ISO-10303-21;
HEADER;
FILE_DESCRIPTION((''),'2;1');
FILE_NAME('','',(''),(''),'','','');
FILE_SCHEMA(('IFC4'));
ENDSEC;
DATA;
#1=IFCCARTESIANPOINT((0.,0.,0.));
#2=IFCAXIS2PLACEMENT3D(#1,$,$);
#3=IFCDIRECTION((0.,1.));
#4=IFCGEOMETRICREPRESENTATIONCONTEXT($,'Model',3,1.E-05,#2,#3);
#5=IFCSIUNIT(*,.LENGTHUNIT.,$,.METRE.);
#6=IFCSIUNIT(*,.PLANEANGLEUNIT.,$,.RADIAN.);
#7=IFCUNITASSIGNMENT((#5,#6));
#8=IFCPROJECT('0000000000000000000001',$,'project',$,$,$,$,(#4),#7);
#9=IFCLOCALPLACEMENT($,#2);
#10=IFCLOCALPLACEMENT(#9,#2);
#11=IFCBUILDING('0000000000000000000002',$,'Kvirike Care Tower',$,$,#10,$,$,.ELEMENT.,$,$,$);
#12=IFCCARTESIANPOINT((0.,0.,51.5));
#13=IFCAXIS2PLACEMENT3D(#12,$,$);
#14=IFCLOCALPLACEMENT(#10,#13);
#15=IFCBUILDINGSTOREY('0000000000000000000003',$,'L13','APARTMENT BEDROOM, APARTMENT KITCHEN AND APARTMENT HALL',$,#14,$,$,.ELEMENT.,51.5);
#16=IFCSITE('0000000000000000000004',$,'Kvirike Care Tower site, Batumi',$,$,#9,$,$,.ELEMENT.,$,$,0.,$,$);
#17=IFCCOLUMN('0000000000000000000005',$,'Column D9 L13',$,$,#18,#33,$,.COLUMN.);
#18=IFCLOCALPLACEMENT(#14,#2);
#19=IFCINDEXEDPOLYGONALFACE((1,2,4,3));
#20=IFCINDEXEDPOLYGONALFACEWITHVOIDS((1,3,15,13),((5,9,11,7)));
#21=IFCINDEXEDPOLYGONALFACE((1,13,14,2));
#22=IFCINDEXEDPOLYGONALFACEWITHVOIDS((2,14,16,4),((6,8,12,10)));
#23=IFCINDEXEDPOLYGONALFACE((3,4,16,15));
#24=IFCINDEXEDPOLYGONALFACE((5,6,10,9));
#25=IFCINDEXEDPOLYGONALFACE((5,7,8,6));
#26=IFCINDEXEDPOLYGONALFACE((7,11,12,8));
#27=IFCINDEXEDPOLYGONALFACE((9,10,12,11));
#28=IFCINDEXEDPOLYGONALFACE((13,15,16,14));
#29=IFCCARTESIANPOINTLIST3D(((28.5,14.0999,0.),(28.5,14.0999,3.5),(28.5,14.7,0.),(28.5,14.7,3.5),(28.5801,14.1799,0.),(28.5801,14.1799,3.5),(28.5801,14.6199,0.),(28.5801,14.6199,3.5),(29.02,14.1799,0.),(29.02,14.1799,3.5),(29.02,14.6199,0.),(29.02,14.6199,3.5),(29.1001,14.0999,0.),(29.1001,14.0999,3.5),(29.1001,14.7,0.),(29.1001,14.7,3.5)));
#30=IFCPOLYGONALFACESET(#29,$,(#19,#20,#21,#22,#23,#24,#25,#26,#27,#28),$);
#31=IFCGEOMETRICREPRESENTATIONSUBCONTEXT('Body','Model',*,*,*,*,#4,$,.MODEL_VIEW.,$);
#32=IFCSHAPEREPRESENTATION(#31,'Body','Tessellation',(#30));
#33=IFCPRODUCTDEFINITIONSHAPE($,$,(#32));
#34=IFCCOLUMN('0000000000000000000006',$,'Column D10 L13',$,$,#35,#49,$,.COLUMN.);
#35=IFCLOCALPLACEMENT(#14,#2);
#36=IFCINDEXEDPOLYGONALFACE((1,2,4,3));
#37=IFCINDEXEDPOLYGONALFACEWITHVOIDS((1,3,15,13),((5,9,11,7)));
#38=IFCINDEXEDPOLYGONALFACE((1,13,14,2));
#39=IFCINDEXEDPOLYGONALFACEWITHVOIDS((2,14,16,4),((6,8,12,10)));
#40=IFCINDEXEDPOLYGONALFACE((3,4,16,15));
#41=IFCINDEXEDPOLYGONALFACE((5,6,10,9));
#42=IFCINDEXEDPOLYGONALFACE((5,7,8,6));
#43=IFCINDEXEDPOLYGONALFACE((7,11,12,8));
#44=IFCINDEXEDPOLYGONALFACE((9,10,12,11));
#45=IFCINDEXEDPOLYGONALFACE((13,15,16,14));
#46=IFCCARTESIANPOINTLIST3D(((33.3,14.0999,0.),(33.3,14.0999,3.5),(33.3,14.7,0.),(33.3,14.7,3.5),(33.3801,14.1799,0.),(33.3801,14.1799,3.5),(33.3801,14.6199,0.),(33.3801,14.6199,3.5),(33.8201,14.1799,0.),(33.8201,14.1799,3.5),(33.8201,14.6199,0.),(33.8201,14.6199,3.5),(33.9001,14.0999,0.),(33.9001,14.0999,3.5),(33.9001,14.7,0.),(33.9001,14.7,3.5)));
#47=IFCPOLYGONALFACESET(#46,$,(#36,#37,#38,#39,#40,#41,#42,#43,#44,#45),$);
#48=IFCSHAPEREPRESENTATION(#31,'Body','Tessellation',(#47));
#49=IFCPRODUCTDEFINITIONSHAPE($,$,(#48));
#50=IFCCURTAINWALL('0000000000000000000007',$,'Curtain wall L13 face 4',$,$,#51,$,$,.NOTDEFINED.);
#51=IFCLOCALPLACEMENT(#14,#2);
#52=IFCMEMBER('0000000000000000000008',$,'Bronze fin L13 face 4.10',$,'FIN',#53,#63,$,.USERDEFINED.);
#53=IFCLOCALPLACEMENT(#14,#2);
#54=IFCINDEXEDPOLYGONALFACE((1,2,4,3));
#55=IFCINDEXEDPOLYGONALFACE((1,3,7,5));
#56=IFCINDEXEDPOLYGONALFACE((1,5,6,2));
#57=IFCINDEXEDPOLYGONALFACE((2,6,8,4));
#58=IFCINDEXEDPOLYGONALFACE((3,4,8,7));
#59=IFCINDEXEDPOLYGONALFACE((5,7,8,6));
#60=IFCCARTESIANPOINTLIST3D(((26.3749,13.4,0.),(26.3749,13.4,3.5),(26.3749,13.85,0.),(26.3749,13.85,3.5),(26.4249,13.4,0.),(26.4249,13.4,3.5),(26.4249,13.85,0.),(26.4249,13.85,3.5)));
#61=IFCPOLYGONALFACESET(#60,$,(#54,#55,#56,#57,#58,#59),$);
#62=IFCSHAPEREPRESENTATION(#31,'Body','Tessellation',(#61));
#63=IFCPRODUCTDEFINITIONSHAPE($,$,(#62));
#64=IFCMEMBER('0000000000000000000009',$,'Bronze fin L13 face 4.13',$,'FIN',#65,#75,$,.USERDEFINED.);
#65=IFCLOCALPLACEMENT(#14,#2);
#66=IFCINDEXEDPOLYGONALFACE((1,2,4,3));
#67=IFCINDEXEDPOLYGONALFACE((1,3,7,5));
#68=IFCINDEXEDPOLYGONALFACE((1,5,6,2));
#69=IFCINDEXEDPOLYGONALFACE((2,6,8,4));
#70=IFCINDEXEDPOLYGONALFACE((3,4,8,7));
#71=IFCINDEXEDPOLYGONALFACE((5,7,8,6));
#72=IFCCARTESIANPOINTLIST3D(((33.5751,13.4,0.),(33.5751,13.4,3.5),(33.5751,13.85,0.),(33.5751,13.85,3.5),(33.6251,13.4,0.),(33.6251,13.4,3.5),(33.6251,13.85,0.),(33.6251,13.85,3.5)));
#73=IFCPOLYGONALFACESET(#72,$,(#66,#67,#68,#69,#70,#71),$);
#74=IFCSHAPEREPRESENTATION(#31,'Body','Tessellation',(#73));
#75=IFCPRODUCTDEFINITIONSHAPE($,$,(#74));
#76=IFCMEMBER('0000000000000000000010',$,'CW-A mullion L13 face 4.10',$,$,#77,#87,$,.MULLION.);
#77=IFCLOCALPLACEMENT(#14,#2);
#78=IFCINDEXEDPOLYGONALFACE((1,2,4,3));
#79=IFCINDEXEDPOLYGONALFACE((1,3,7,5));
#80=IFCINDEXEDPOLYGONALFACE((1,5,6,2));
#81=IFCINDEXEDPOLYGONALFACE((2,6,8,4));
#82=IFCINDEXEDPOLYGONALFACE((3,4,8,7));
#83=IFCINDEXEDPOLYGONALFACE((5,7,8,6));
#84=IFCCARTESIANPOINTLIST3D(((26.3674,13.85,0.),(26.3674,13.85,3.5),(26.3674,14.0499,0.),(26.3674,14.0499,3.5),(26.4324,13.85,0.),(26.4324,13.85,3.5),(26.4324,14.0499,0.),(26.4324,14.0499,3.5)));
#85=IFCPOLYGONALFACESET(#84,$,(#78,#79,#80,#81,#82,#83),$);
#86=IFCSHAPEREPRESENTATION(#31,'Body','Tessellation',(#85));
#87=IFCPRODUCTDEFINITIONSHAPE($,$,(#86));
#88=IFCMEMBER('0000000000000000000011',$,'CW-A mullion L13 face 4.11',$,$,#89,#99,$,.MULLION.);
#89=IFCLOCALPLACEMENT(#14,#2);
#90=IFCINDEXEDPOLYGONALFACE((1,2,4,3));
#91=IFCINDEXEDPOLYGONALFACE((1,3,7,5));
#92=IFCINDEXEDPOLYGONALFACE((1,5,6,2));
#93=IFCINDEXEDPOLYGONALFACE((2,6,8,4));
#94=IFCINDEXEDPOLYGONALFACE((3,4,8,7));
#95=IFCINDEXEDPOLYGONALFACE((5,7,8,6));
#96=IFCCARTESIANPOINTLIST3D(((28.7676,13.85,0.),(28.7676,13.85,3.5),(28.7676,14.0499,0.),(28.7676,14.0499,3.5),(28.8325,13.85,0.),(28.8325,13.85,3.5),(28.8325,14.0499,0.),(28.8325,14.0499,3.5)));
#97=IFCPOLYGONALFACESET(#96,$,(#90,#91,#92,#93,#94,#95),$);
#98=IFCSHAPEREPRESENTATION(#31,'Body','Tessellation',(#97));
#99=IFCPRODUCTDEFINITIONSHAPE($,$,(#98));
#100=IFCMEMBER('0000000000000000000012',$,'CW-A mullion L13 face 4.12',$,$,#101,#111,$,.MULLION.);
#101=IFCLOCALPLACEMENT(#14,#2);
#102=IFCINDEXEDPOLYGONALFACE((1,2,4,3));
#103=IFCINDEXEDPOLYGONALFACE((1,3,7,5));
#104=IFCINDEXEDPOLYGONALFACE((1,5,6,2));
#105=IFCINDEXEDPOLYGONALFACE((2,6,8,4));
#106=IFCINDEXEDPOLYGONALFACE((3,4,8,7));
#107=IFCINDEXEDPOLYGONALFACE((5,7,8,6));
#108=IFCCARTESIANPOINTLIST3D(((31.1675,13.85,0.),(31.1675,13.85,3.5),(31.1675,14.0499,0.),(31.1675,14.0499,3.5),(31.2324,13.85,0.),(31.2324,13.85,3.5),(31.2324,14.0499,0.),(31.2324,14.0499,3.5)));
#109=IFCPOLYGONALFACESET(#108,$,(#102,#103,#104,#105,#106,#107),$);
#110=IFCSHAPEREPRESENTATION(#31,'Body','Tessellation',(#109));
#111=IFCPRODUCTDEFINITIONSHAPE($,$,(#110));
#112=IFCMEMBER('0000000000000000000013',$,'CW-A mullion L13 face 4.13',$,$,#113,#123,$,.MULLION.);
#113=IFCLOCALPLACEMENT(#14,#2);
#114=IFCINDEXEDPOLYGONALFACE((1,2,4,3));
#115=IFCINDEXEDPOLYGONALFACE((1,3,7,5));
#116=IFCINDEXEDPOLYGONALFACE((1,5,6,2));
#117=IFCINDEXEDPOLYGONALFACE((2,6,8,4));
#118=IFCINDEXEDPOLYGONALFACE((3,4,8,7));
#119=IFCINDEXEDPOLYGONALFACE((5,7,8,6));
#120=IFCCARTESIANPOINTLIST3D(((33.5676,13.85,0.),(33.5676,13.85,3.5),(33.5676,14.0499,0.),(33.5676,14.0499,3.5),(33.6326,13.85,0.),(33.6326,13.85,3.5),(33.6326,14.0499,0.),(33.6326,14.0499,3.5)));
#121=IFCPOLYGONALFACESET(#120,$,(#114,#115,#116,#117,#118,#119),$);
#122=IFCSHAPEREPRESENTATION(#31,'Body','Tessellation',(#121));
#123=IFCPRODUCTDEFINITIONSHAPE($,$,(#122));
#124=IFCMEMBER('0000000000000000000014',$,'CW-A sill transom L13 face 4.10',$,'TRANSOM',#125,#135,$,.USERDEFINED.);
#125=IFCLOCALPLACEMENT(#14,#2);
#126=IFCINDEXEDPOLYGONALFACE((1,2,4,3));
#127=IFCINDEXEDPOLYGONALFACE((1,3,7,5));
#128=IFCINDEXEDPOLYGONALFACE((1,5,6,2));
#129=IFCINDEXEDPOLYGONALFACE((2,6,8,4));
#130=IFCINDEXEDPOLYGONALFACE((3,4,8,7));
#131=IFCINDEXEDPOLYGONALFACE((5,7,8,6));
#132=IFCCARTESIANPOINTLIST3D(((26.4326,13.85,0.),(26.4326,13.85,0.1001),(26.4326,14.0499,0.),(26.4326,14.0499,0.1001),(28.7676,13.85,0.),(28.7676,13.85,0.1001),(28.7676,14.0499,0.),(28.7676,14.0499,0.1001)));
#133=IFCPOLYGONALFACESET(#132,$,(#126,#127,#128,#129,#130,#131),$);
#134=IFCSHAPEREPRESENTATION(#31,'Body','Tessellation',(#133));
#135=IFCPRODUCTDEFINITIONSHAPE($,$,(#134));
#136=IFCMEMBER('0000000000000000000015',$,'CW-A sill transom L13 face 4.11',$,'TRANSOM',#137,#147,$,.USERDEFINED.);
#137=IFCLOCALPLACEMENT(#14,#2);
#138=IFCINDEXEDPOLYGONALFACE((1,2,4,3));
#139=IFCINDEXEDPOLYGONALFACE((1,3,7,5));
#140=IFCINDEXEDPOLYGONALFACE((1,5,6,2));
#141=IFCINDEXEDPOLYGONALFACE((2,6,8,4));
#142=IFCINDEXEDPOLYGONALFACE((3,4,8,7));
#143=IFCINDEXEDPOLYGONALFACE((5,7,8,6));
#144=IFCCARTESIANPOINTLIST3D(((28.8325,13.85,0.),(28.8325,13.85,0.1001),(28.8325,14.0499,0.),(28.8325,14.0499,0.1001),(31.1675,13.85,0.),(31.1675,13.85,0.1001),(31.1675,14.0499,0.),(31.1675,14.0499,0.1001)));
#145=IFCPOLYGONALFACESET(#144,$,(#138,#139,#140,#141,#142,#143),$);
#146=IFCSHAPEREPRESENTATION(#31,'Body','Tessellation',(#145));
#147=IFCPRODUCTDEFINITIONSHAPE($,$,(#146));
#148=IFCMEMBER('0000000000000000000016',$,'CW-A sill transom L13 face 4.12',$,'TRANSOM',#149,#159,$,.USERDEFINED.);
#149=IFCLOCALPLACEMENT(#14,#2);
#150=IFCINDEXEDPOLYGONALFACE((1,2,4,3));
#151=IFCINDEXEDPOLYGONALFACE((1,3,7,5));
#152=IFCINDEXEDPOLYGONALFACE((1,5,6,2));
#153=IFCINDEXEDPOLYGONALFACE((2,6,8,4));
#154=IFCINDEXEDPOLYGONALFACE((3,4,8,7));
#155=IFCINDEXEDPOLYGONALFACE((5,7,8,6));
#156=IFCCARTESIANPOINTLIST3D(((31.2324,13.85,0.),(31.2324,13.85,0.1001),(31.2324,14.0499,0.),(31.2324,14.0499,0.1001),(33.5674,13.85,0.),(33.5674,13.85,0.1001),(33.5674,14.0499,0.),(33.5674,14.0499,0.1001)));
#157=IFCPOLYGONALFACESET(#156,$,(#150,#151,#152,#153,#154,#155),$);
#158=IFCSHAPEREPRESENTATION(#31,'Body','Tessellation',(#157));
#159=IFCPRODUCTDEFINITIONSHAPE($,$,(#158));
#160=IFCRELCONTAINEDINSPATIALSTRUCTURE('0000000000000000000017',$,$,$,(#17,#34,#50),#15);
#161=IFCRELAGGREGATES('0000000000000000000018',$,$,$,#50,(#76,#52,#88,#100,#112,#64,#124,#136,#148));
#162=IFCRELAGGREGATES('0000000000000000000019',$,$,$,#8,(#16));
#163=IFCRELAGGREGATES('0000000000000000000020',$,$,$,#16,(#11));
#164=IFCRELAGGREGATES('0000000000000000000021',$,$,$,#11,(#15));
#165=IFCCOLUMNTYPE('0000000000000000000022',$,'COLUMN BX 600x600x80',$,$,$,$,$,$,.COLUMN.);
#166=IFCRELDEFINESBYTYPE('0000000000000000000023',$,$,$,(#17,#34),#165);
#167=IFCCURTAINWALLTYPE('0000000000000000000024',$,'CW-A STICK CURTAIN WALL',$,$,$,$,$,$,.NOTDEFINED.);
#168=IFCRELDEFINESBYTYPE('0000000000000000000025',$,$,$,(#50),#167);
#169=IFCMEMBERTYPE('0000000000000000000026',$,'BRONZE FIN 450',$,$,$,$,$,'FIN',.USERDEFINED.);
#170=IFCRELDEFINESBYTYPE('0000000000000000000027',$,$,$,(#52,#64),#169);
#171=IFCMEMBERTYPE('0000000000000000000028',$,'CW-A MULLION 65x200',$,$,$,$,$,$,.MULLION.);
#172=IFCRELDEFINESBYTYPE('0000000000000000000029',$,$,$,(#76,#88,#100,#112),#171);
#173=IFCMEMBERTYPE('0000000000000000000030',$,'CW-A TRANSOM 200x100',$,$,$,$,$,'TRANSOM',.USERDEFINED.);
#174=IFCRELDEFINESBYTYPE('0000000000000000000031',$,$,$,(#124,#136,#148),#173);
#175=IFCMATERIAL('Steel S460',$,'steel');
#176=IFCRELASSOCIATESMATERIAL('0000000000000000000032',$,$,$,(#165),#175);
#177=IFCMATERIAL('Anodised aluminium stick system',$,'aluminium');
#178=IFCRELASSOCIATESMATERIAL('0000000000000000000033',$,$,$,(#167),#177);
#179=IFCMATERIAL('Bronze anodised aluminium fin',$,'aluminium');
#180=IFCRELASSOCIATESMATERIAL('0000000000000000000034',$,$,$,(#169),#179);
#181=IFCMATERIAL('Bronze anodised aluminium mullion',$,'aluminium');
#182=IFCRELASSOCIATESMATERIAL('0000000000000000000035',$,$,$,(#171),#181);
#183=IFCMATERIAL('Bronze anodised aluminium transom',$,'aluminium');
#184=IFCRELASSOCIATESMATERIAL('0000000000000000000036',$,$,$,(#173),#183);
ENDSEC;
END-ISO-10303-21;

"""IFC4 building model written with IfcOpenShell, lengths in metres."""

from ifc_helpers import new_model, si_unit, direction, frame, origin, origin_2d, place, context, subcontext, project, spatial, rectangle, hollow_rectangle, extrude, material, material_profile, profile_set, type_object, element, aggregate, save


model = new_model("IFC4")

# Units and contexts
model_context = context("Model", 3, precision=1e-05, world=origin(), true_north=direction((0.0, 1.0)))
body_context = subcontext(model_context, "Body", "Model", "MODEL_VIEW")
ifc_project = project(units=[si_unit("LENGTHUNIT", "METRE"), si_unit("PLANEANGLEUNIT", "RADIAN")], contexts=[model_context])

# Site, building, storey
site_placement = place(None, origin())
site = spatial("IfcSite", under=ifc_project, at=site_placement, Name="Kvirike Care Tower site, Batumi", CompositionType="ELEMENT", RefElevation=0.0)
building_placement = place(site_placement, origin())
building = spatial("IfcBuilding", under=site, at=building_placement, Name="Kvirike Care Tower", CompositionType="ELEMENT")
storey_placement = place(building_placement, frame((0.0, 0.0, 51.5)))
storey = spatial("IfcBuildingStorey", under=building, at=storey_placement, Name="L13", Description="APARTMENT BEDROOM, APARTMENT KITCHEN AND APARTMENT HALL", CompositionType="ELEMENT", Elevation=51.5)

# Columns
ifc_material_1 = material(Name="Steel S460", Category="steel")
ifc_material_profile_1 = material_profile(ifc_material_1, hollow_rectangle(XDim=0.6001, YDim=0.6001, WallThickness=0.0801, at=origin_2d()), Name="BX 600x600x80")
ifc_profile_set_1 = profile_set([ifc_material_profile_1], Name="Steel S460")
column_type = type_object("IfcColumnType", Name="COLUMN BX 600x600x80", PredefinedType="COLUMN", material=ifc_profile_set_1)
for number, where, z_axis, x_axis, name in (
    (1, (28.8, 14.3999, 0.0), (0.0, 0.0, 1.0), (0.0, 1.0, 0.0), "Column D9 L13"),
    (2, (33.6001, 14.3999, 0.0), (0.0, 0.0, 1.0), (0.0, 1.0, 0.0), "Column D10 L13"),
):
    element("IfcColumn", number, at=place(storey_placement, frame(where, z_axis=z_axis, x_axis=x_axis)), inside=storey, type_object=column_type, Name=name, PredefinedType="COLUMN", context=body_context, shape_type="SweptSolid", body=[
        extrude(hollow_rectangle(XDim=0.6001, YDim=0.6001, WallThickness=0.0801, at=origin_2d()), origin(), (0.0, 0.0, 1.0), 3.5),
    ])

# Curtain wall, members
ifc_material_2 = material(Name="Anodised aluminium stick system", Category="aluminium")
curtain_wall_type = type_object("IfcCurtainWallType", Name="CW-A STICK CURTAIN WALL", PredefinedType="NOTDEFINED", material=ifc_material_2)
curtain_wall_placement = place(storey_placement, origin())
curtain_wall = element("IfcCurtainWall", 3, at=curtain_wall_placement, inside=storey, type_object=curtain_wall_type, Name="Curtain wall L13 face 4", PredefinedType="NOTDEFINED")
ifc_material_3 = material(Name="Bronze anodised aluminium fin", Category="aluminium")
ifc_material_profile_2 = material_profile(ifc_material_3, rectangle(XDim=0.05, YDim=0.45, at=origin_2d()), Name="BRONZE FIN 450")
ifc_profile_set_2 = profile_set([ifc_material_profile_2], Name="Bronze anodised aluminium fin")
member_type_1 = type_object("IfcMemberType", Name="BRONZE FIN 450", ElementType="FIN", PredefinedType="USERDEFINED", material=ifc_profile_set_2)
member_1_placement = place(storey_placement, frame((26.3999, 13.625, 0.0), z_axis=(0.0, 0.0, 1.0), x_axis=(1.0, 0.0, 0.0)))
member_1 = element("IfcMember", 4, at=member_1_placement, type_object=member_type_1, Name="Bronze fin L13 face 4.10", ObjectType="FIN", PredefinedType="USERDEFINED", context=body_context, shape_type="SweptSolid", body=[
    extrude(rectangle(XDim=0.05, YDim=0.45, at=origin_2d()), origin(), (0.0, 0.0, 1.0), 3.5),
])
member_2_placement = place(storey_placement, frame((33.6001, 13.625, 0.0), z_axis=(0.0, 0.0, 1.0), x_axis=(1.0, 0.0, 0.0)))
member_2 = element("IfcMember", 5, at=member_2_placement, type_object=member_type_1, Name="Bronze fin L13 face 4.13", ObjectType="FIN", PredefinedType="USERDEFINED", context=body_context, shape_type="SweptSolid", body=[
    extrude(rectangle(XDim=0.05, YDim=0.45, at=origin_2d()), origin(), (0.0, 0.0, 1.0), 3.5),
])
ifc_material_4 = material(Name="Bronze anodised aluminium mullion", Category="aluminium")
ifc_material_profile_3 = material_profile(ifc_material_4, rectangle(XDim=0.0649, YDim=0.2, at=origin_2d()), Name="CW-A MULLION 65x200")
ifc_profile_set_3 = profile_set([ifc_material_profile_3], Name="Bronze anodised aluminium mullion")
member_type_2 = type_object("IfcMemberType", Name="CW-A MULLION 65x200", PredefinedType="MULLION", material=ifc_profile_set_3)
member_3_placement = place(storey_placement, frame((26.3999, 13.95, 0.0), z_axis=(0.0, 0.0, 1.0), x_axis=(1.0, 0.0, 0.0)))
member_3 = element("IfcMember", 6, at=member_3_placement, type_object=member_type_2, Name="CW-A mullion L13 face 4.10", PredefinedType="MULLION", context=body_context, shape_type="SweptSolid", body=[
    extrude(rectangle(XDim=0.0649, YDim=0.2, at=origin_2d()), origin(), (0.0, 0.0, 1.0), 3.5),
])
member_4_placement = place(storey_placement, frame((28.8, 13.95, 0.0), z_axis=(0.0, 0.0, 1.0), x_axis=(1.0, 0.0, 0.0)))
member_4 = element("IfcMember", 7, at=member_4_placement, type_object=member_type_2, Name="CW-A mullion L13 face 4.11", PredefinedType="MULLION", context=body_context, shape_type="SweptSolid", body=[
    extrude(rectangle(XDim=0.0649, YDim=0.2, at=origin_2d()), origin(), (0.0, 0.0, 1.0), 3.5),
])
member_5_placement = place(storey_placement, frame((31.2, 13.95, 0.0), z_axis=(0.0, 0.0, 1.0), x_axis=(1.0, 0.0, 0.0)))
member_5 = element("IfcMember", 8, at=member_5_placement, type_object=member_type_2, Name="CW-A mullion L13 face 4.12", PredefinedType="MULLION", context=body_context, shape_type="SweptSolid", body=[
    extrude(rectangle(XDim=0.0649, YDim=0.2, at=origin_2d()), origin(), (0.0, 0.0, 1.0), 3.5),
])
member_6_placement = place(storey_placement, frame((33.6001, 13.95, 0.0), z_axis=(0.0, 0.0, 1.0), x_axis=(1.0, 0.0, 0.0)))
member_6 = element("IfcMember", 9, at=member_6_placement, type_object=member_type_2, Name="CW-A mullion L13 face 4.13", PredefinedType="MULLION", context=body_context, shape_type="SweptSolid", body=[
    extrude(rectangle(XDim=0.0649, YDim=0.2, at=origin_2d()), origin(), (0.0, 0.0, 1.0), 3.5),
])
ifc_material_5 = material(Name="Bronze anodised aluminium transom", Category="aluminium")
ifc_material_profile_4 = material_profile(ifc_material_5, rectangle(XDim=0.2, YDim=0.1001, at=origin_2d()), Name="CW-A TRANSOM 200x100")
ifc_profile_set_4 = profile_set([ifc_material_profile_4], Name="Bronze anodised aluminium transom")
member_type_3 = type_object("IfcMemberType", Name="CW-A TRANSOM 200x100", ElementType="TRANSOM", PredefinedType="USERDEFINED", material=ifc_profile_set_4)
member_7_placement = place(storey_placement, frame((26.4326, 13.95, 0.05), z_axis=(1.0, 0.0, 0.0), x_axis=(0.0, 1.0, 0.0)))
member_7 = element("IfcMember", 10, at=member_7_placement, type_object=member_type_3, Name="CW-A sill transom L13 face 4.10", ObjectType="TRANSOM", PredefinedType="USERDEFINED", context=body_context, shape_type="SweptSolid", body=[
    extrude(rectangle(XDim=0.2, YDim=0.1001, at=origin_2d()), origin(), (0.0, 0.0, 1.0), 2.335),
])
member_8_placement = place(storey_placement, frame((28.8325, 13.95, 0.05), z_axis=(1.0, 0.0, 0.0), x_axis=(0.0, 1.0, 0.0)))
member_8 = element("IfcMember", 11, at=member_8_placement, type_object=member_type_3, Name="CW-A sill transom L13 face 4.11", ObjectType="TRANSOM", PredefinedType="USERDEFINED", context=body_context, shape_type="SweptSolid", body=[
    extrude(rectangle(XDim=0.2, YDim=0.1001, at=origin_2d()), origin(), (0.0, 0.0, 1.0), 2.335),
])
member_9_placement = place(storey_placement, frame((31.2324, 13.95, 0.05), z_axis=(1.0, 0.0, 0.0), x_axis=(0.0, 1.0, 0.0)))
member_9 = element("IfcMember", 12, at=member_9_placement, type_object=member_type_3, Name="CW-A sill transom L13 face 4.12", ObjectType="TRANSOM", PredefinedType="USERDEFINED", context=body_context, shape_type="SweptSolid", body=[
    extrude(rectangle(XDim=0.2, YDim=0.1001, at=origin_2d()), origin(), (0.0, 0.0, 1.0), 2.335),
])

aggregate(curtain_wall, [member_3, member_1, member_4, member_5, member_6, member_2, member_7, member_8, member_9])

save(model, "model.ifc")
